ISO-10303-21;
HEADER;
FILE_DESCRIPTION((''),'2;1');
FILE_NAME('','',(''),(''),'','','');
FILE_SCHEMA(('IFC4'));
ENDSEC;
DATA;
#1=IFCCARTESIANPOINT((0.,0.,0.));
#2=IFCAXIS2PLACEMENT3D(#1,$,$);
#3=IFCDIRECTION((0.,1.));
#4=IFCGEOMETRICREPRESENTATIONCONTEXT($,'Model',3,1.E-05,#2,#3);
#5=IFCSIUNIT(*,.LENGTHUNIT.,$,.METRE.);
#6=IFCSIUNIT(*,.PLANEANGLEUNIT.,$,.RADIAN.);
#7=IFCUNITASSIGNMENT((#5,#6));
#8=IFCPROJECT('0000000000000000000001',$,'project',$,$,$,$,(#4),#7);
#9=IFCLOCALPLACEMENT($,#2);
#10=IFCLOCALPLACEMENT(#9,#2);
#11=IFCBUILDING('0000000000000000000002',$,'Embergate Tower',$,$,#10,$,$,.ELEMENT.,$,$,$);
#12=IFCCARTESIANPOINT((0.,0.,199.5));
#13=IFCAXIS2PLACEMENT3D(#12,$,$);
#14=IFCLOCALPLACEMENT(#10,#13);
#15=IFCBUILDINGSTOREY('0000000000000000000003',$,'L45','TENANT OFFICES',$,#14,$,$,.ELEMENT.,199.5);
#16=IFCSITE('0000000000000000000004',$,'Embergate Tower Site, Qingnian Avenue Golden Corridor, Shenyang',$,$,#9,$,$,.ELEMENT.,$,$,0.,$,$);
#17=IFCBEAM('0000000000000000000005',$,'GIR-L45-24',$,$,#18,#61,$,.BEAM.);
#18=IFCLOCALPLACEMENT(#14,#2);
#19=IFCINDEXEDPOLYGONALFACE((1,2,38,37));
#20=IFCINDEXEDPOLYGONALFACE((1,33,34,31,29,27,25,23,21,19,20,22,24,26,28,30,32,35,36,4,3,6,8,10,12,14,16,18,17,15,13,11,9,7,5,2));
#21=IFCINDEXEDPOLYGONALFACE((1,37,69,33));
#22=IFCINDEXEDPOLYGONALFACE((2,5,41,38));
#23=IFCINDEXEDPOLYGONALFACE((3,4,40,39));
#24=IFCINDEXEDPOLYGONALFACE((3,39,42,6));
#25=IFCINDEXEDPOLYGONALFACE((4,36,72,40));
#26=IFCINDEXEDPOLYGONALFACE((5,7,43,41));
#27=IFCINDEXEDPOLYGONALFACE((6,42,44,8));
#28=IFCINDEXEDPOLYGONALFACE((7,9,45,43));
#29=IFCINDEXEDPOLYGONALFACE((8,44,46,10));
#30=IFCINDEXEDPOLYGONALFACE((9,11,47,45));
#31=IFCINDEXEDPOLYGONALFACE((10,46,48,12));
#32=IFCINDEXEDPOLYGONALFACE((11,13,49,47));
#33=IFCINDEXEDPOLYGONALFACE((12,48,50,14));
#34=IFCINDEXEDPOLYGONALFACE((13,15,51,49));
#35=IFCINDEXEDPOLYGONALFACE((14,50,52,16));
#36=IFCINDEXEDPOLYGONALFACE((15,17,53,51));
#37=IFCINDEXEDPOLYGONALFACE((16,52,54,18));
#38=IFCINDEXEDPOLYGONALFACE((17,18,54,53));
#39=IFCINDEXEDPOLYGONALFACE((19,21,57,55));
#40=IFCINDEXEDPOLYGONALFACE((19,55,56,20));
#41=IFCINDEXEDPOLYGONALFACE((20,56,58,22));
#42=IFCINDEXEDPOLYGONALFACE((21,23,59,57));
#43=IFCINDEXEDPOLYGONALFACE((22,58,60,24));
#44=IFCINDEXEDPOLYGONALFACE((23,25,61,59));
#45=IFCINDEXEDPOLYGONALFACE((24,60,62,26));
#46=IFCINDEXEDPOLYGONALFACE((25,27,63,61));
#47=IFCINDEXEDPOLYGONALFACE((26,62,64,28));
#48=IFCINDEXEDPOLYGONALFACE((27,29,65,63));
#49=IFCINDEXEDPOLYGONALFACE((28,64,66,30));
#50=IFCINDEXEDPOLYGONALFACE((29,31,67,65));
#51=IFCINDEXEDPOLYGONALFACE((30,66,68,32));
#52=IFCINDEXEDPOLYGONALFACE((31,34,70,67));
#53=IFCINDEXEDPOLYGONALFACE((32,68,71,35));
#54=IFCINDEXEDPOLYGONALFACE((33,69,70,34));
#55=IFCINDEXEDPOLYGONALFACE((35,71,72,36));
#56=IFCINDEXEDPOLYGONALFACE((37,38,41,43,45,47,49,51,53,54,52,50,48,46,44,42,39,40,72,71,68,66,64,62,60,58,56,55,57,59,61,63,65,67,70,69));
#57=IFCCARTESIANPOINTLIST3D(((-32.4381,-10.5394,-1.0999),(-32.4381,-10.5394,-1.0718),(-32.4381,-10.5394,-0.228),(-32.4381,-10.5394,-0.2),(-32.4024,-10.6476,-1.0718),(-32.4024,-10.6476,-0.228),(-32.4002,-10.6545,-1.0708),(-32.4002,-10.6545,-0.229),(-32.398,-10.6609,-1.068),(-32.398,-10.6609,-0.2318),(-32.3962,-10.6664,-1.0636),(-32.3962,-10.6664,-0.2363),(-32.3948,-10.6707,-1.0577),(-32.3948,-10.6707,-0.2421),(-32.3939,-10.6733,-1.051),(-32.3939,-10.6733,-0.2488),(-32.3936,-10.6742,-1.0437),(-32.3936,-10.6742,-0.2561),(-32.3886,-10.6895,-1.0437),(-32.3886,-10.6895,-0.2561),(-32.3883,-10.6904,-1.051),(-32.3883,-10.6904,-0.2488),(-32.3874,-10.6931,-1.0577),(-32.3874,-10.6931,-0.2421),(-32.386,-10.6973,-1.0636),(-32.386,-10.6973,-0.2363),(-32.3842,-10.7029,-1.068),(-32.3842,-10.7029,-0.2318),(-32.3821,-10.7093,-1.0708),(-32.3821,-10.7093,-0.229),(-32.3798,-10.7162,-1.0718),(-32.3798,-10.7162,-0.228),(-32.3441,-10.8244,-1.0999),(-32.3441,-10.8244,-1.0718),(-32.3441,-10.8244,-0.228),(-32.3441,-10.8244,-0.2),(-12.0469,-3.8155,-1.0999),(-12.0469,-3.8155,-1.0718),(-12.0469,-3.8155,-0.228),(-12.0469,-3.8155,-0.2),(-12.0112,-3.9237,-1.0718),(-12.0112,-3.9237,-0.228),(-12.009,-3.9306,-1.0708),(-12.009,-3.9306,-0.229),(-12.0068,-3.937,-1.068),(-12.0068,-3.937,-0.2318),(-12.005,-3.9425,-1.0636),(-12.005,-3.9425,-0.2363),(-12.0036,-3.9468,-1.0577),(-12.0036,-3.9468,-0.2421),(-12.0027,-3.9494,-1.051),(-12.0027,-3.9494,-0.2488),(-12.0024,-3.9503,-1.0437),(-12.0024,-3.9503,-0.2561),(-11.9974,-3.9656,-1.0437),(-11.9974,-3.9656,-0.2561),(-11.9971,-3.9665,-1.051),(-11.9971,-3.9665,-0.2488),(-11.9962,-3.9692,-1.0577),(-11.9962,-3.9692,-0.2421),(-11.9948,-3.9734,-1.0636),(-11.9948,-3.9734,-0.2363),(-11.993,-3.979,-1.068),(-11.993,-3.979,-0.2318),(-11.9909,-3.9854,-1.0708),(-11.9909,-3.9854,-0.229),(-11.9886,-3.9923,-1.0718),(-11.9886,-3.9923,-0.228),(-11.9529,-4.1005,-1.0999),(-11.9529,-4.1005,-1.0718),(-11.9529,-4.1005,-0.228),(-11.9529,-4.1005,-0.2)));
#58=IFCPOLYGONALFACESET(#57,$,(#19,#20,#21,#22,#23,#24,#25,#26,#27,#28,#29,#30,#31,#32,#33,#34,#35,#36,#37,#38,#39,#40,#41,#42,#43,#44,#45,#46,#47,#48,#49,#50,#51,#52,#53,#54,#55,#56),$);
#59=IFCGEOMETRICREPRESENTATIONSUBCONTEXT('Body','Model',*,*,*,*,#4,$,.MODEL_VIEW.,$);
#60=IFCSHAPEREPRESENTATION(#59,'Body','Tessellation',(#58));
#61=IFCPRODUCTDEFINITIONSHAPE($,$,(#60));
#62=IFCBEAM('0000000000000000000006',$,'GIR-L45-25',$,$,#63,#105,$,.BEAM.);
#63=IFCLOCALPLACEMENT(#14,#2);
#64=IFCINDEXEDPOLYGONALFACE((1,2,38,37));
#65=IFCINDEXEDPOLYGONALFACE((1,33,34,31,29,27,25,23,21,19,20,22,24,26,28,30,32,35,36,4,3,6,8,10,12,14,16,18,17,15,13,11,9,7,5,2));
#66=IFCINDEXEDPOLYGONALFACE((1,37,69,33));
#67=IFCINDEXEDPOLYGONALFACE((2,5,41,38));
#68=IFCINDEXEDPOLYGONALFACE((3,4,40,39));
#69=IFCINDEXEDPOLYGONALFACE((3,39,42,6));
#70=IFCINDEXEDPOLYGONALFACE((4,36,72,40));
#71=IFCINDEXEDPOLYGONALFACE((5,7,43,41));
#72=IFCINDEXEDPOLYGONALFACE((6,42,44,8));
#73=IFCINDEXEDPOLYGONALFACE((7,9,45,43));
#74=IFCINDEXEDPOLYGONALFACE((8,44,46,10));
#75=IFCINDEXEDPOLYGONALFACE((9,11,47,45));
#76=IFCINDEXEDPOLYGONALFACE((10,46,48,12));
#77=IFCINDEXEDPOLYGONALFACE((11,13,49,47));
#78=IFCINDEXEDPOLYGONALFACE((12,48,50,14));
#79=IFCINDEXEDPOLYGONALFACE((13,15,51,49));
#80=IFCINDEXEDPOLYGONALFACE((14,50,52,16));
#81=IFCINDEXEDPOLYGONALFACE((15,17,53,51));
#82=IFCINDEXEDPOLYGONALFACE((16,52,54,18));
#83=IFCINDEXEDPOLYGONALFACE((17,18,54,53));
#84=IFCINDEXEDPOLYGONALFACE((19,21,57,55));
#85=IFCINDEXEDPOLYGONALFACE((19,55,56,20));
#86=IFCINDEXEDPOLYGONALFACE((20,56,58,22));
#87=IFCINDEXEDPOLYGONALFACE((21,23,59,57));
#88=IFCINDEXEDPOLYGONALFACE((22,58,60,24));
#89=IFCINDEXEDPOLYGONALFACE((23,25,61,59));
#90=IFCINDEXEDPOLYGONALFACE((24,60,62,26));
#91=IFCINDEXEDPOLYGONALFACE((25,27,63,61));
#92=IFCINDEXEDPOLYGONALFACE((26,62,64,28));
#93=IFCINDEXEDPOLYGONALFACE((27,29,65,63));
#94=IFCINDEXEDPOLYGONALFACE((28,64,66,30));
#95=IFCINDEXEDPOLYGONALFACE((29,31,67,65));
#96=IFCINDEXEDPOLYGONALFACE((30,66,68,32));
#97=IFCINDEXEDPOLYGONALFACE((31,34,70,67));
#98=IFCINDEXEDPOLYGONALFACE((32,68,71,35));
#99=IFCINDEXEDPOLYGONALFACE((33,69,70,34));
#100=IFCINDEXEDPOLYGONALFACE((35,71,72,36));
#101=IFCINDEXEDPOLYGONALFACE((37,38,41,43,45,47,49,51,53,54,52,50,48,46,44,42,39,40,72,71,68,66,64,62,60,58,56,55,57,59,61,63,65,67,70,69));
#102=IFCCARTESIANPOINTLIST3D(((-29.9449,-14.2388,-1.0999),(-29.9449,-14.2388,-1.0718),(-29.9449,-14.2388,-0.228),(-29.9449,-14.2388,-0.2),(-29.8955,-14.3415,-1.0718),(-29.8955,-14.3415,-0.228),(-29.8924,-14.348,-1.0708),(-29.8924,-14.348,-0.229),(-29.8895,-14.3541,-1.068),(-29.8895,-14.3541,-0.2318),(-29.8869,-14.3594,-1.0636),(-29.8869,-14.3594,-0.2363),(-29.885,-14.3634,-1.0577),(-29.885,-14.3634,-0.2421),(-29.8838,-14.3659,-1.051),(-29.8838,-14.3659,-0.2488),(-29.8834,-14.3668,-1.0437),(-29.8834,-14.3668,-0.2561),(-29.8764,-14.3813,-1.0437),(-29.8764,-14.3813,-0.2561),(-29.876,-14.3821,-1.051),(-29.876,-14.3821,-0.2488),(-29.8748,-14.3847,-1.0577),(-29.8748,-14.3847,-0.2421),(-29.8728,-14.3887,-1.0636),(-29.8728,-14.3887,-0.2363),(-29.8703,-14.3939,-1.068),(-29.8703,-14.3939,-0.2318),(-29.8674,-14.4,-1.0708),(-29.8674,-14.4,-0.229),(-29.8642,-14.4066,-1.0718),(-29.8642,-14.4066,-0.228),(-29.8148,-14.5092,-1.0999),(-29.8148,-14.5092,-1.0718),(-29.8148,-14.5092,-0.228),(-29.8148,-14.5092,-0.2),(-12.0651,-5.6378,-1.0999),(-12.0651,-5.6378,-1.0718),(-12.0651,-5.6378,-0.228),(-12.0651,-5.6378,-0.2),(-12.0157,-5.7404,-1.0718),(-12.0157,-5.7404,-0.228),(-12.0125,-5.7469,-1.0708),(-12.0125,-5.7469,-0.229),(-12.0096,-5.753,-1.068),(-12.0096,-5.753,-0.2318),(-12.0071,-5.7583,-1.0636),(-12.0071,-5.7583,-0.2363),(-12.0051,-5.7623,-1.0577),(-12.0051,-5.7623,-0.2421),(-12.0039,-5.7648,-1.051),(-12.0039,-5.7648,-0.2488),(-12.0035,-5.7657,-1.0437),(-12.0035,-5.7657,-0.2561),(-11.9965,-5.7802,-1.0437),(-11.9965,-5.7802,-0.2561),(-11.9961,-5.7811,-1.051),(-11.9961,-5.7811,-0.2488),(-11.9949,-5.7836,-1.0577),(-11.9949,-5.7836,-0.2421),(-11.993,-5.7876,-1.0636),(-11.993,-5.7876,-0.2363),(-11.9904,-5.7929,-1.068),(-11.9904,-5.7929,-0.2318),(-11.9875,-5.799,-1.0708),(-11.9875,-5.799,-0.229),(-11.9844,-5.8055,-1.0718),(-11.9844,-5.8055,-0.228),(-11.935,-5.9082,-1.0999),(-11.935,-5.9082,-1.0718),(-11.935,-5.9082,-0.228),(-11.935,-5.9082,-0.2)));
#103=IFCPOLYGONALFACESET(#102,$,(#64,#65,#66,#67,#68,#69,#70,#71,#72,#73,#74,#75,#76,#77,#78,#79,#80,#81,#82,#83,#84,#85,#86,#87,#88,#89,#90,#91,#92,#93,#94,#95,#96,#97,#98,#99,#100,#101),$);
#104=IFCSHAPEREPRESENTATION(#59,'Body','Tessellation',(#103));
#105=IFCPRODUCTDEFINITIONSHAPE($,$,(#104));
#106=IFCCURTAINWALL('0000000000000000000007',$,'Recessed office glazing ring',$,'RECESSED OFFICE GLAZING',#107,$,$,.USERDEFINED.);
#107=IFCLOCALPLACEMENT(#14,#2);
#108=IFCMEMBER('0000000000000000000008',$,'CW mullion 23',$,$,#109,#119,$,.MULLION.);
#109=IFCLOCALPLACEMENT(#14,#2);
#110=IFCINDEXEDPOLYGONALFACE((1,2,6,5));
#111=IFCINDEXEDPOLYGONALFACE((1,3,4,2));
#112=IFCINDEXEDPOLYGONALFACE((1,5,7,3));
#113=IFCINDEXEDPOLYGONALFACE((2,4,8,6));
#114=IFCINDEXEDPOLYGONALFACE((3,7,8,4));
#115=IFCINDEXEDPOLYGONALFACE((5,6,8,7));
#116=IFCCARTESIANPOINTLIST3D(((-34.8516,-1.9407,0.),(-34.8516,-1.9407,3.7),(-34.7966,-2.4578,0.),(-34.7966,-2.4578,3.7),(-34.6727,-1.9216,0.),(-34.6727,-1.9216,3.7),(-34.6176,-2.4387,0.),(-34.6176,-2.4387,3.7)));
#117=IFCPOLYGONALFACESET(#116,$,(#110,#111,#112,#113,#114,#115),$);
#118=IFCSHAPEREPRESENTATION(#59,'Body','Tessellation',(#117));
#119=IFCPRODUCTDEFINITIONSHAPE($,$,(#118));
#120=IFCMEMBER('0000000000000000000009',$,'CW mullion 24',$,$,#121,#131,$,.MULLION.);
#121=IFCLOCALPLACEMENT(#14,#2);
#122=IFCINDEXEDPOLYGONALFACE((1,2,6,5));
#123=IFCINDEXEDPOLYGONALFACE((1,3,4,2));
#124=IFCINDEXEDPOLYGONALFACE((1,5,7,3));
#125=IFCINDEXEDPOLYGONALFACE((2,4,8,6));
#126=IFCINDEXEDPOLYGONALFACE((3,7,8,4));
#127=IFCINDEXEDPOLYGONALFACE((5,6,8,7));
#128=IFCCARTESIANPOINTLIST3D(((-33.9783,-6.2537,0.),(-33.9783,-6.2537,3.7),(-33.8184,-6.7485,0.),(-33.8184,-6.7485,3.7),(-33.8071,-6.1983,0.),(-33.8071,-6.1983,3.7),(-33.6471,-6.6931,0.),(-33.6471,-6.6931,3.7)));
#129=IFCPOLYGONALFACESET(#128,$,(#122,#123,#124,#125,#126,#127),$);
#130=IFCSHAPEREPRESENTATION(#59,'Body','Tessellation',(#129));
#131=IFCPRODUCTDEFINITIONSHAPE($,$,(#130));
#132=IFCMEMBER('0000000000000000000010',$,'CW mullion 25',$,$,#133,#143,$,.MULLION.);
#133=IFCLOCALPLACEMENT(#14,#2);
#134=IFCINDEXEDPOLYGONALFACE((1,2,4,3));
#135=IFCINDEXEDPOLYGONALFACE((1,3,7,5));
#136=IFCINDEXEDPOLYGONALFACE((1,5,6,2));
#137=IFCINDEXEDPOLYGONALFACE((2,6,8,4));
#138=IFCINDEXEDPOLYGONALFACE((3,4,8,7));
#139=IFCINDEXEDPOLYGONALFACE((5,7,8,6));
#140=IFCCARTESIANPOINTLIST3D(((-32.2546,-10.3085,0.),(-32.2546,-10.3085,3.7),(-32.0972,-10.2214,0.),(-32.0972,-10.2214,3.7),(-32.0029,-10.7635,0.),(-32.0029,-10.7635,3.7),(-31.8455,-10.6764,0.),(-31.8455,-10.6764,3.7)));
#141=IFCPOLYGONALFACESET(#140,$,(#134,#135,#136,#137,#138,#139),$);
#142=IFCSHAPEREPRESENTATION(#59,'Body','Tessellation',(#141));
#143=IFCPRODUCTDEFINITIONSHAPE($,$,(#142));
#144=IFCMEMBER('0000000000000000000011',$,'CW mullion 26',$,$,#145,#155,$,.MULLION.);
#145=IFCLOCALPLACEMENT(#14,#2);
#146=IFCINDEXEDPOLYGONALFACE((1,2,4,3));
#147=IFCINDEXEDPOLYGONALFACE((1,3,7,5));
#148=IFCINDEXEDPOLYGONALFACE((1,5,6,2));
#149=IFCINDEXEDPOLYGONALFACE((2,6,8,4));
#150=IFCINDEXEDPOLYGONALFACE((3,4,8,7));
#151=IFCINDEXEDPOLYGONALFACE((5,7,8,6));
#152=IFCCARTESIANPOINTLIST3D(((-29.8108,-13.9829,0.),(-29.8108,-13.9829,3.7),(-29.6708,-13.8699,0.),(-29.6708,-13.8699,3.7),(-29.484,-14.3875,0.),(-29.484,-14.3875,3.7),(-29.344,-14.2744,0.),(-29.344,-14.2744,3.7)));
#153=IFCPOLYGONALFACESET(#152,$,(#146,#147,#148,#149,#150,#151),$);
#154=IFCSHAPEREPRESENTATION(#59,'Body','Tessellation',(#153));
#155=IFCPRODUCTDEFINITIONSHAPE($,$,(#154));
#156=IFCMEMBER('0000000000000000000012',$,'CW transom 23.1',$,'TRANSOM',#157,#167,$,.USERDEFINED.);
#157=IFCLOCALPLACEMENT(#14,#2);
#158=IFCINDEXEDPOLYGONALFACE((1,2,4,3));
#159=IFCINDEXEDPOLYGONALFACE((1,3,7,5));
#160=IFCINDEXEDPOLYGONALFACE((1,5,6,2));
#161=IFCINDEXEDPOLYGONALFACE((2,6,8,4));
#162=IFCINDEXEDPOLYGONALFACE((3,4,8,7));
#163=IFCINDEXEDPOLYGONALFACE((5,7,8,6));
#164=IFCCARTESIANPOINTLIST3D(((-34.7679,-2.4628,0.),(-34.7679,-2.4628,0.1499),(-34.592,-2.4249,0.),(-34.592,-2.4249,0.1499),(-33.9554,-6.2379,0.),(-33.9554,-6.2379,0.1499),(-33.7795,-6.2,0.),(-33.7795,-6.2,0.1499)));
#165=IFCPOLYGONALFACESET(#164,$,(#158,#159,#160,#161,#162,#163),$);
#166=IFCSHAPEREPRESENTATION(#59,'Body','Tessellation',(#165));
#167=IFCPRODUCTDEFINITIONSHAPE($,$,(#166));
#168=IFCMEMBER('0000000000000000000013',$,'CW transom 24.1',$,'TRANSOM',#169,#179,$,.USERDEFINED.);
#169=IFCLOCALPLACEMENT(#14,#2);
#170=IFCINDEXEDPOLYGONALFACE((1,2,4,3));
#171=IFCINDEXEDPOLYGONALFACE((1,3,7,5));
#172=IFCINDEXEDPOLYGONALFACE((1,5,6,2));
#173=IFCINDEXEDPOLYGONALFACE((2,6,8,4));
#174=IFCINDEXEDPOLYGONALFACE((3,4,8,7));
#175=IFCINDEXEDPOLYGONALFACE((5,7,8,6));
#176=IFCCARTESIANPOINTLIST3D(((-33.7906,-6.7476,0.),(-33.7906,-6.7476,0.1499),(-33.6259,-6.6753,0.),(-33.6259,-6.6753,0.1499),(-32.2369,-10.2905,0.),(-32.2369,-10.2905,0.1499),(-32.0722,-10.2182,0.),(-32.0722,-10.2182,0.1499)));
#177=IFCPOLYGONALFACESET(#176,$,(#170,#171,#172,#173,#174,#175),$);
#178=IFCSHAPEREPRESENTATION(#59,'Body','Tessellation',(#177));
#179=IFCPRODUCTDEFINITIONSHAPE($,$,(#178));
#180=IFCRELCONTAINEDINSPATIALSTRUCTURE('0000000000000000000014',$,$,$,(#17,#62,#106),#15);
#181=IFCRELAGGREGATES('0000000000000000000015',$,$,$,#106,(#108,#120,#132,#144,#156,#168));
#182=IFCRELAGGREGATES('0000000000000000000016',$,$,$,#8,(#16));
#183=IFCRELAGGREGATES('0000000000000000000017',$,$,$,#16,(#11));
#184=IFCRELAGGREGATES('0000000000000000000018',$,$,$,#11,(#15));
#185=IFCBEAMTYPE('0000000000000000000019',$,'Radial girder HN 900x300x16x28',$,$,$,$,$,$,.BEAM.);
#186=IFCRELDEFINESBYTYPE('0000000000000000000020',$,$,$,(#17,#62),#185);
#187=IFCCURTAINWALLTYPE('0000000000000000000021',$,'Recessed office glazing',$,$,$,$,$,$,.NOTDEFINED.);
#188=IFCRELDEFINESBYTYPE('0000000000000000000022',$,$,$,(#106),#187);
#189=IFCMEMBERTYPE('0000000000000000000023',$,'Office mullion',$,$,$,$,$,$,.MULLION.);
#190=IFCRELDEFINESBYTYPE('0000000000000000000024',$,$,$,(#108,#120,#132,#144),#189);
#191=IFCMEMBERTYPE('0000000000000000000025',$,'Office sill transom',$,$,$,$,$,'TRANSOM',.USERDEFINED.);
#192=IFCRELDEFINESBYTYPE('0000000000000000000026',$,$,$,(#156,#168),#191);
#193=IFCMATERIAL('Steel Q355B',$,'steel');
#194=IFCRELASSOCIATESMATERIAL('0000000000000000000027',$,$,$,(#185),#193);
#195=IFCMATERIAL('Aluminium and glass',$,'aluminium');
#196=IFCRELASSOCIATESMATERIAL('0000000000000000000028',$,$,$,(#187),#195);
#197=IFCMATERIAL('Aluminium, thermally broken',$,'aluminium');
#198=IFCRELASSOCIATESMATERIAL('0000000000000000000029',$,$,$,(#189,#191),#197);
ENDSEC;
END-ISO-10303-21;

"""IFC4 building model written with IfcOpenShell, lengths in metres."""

from ifc_helpers import new_model, si_unit, direction, frame, origin, origin_2d, place, context, subcontext, project, spatial, rectangle, i_section, extrude, source, transform, mapped, material, material_profile, profile_set, type_object, element, aggregate, save


model = new_model("IFC4")

# Units and contexts
model_context = context("Model", 3, precision=1e-05, world=origin(), true_north=direction((0.0, 1.0)))
body_context = subcontext(model_context, "Body", "Model", "MODEL_VIEW")
ifc_project = project(units=[si_unit("LENGTHUNIT", "METRE"), si_unit("PLANEANGLEUNIT", "RADIAN")], contexts=[model_context])

# Site, building, storey
site_placement = place(None, origin())
site = spatial("IfcSite", under=ifc_project, at=site_placement, Name="Embergate Tower Site, Qingnian Avenue Golden Corridor, Shenyang", CompositionType="ELEMENT", RefElevation=0.0)
building_placement = place(site_placement, origin())
building = spatial("IfcBuilding", under=site, at=building_placement, Name="Embergate Tower", CompositionType="ELEMENT")
storey_placement = place(building_placement, frame((0.0, 0.0, 199.5)))
storey = spatial("IfcBuildingStorey", under=building, at=storey_placement, Name="L45", Description="TENANT OFFICES", CompositionType="ELEMENT", Elevation=199.5)

# Beams
ifc_material_1 = material(Name="Steel Q355B", Category="steel")
ifc_material_profile_1 = material_profile(ifc_material_1, i_section(OverallWidth=0.3, OverallDepth=0.8999, WebThickness=0.0161, FlangeThickness=0.0281, FilletRadius=0.0281, at=origin_2d()), Name="HN 900x300x16x28")
ifc_profile_set_1 = profile_set([ifc_material_profile_1], Name="Steel Q355 grade B")
beam_type_1 = type_object("IfcBeamType", Name="Radial girder HN 900x300x16x28", PredefinedType="BEAM", material=ifc_profile_set_1)
shared_shape_1 = source(origin(), body_context, "Body", "SweptSolid", [
    extrude(i_section(OverallWidth=0.3, OverallDepth=0.8999, WebThickness=0.0161, FlangeThickness=0.0281, FilletRadius=0.0281, at=origin_2d()), origin(), (0.0, 0.0, 1.0), 21.4712),
])
beam_1_placement = place(storey_placement, frame((-32.3911, -10.6819, -0.6499), z_axis=(0.949701, 0.313159, 0.0), x_axis=(-0.313159, 0.949701, 0.0)))
element("IfcBeam", 1, at=beam_1_placement, inside=storey, type_object=beam_type_1, Name="GIR-L45-24", PredefinedType="BEAM", context=body_context, shape_type="MappedRepresentation", body=[
    mapped(shared_shape_1, transform((0.0, 0.0, 0.0))),
])
shared_shape_2 = source(origin(), body_context, "Body", "SweptSolid", [
    extrude(i_section(OverallWidth=0.3, OverallDepth=0.8999, WebThickness=0.0161, FlangeThickness=0.0281, FilletRadius=0.0281, at=origin_2d()), origin(), (0.0, 0.0, 1.0), 19.8411),
])
beam_2_placement = place(storey_placement, frame((-29.8799, -14.374, -0.6499), z_axis=(0.901154, 0.433498, 0.0), x_axis=(-0.433498, 0.901154, 0.0)))
element("IfcBeam", 2, at=beam_2_placement, inside=storey, type_object=beam_type_1, Name="GIR-L45-25", PredefinedType="BEAM", context=body_context, shape_type="MappedRepresentation", body=[
    mapped(shared_shape_2, transform((0.0, 0.0, 0.0))),
])

# Curtain wall, members
ifc_material_2 = material(Name="Aluminium and glass", Category="aluminium")
curtain_wall_type = type_object("IfcCurtainWallType", Name="Recessed office glazing", PredefinedType="NOTDEFINED", material=ifc_material_2)
curtain_wall_placement = place(storey_placement, origin())
curtain_wall = element("IfcCurtainWall", 3, at=curtain_wall_placement, inside=storey, type_object=curtain_wall_type, Name="Recessed office glazing ring", ObjectType="RECESSED OFFICE GLAZING", PredefinedType="USERDEFINED")
ifc_material_3 = material(Name="Aluminium, thermally broken", Category="aluminium")
ifc_material_profile_2 = material_profile(ifc_material_3, rectangle(XDim=0.1799, YDim=0.52, at=origin_2d()), Name="AL 520x180")
ifc_profile_set_2 = profile_set([ifc_material_profile_2], Name="Aluminium, thermally broken")
member_type_1 = type_object("IfcMemberType", Name="Office mullion", PredefinedType="MULLION", material=ifc_profile_set_2)
shared_shape_3 = source(origin(), body_context, "Body", "SweptSolid", [
    extrude(rectangle(XDim=0.1799, YDim=0.52, at=origin_2d()), origin(), (0.0, 0.0, 1.0), 3.7),
])
member_1_placement = place(storey_placement, frame((-34.7346, -2.1897, 0.0), z_axis=(0.0, 0.0, 1.0), x_axis=(0.994385, 0.105822, 0.0)))
member_1 = element("IfcMember", 4, at=member_1_placement, type_object=member_type_1, Name="CW mullion 23", PredefinedType="MULLION", context=body_context, shape_type="MappedRepresentation", body=[
    mapped(shared_shape_3, transform((0.0, 0.0, 0.0))),
])
member_2_placement = place(storey_placement, frame((-33.8127, -6.4734, 0.0), z_axis=(0.0, 0.0, 1.0), x_axis=(0.951499, 0.307651, 0.0)))
member_2 = element("IfcMember", 5, at=member_2_placement, type_object=member_type_1, Name="CW mullion 24", PredefinedType="MULLION", context=body_context, shape_type="MappedRepresentation", body=[
    mapped(shared_shape_3, transform((0.0, 0.0, 0.0))),
])
member_3_placement = place(storey_placement, frame((-32.05, -10.4924, 0.0), z_axis=(0.0, 0.0, 1.0), x_axis=(0.875006, 0.484112, 0.0)))
member_3 = element("IfcMember", 6, at=member_3_placement, type_object=member_type_1, Name="CW mullion 25", PredefinedType="MULLION", context=body_context, shape_type="MappedRepresentation", body=[
    mapped(shared_shape_3, transform((0.0, 0.0, 0.0))),
])
member_4_placement = place(storey_placement, frame((-29.5774, -14.1287, 0.0), z_axis=(0.0, 0.0, 1.0), x_axis=(0.777879, 0.628414, 0.0)))
member_4 = element("IfcMember", 7, at=member_4_placement, type_object=member_type_1, Name="CW mullion 26", PredefinedType="MULLION", context=body_context, shape_type="MappedRepresentation", body=[
    mapped(shared_shape_3, transform((0.0, 0.0, 0.0))),
])
ifc_material_profile_3 = material_profile(ifc_material_3, rectangle(XDim=0.1799, YDim=0.1499, at=origin_2d()), Name="AL 150x180")
ifc_profile_set_3 = profile_set([ifc_material_profile_3], Name="Aluminium, thermally broken")
member_type_2 = type_object("IfcMemberType", Name="Office sill transom", ElementType="TRANSOM", PredefinedType="USERDEFINED", material=ifc_profile_set_3)
shared_shape_4 = source(origin(), body_context, "Body", "SweptSolid", [
    extrude(rectangle(XDim=0.1799, YDim=0.1499, at=origin_2d()), origin(), (0.0, 0.0, 1.0), 3.8616),
])
member_5_placement = place(storey_placement, frame((-34.6799, -2.4438, 0.075), z_axis=(0.210405, -0.977614, 0.0), x_axis=(0.977614, 0.210405, 0.0)))
member_5 = element("IfcMember", 8, at=member_5_placement, type_object=member_type_2, Name="CW transom 23.1", ObjectType="TRANSOM", PredefinedType="USERDEFINED", context=body_context, shape_type="MappedRepresentation", body=[
    mapped(shared_shape_4, transform((0.0, 0.0, 0.0))),
])
shared_shape_5 = source(origin(), body_context, "Body", "SweptSolid", [
    extrude(rectangle(XDim=0.1799, YDim=0.1499, at=origin_2d()), origin(), (0.0, 0.0, 1.0), 3.8687),
])
member_6_placement = place(storey_placement, frame((-33.7083, -6.7114, 0.075), z_axis=(0.401613, -0.915809, 0.0), x_axis=(0.915809, 0.401613, 0.0)))
member_6 = element("IfcMember", 9, at=member_6_placement, type_object=member_type_2, Name="CW transom 24.1", ObjectType="TRANSOM", PredefinedType="USERDEFINED", context=body_context, shape_type="MappedRepresentation", body=[
    mapped(shared_shape_5, transform((0.0, 0.0, 0.0))),
])
aggregate(curtain_wall, [member_1, member_2, member_3, member_4, member_5, member_6])

save(model, "model.ifc")
